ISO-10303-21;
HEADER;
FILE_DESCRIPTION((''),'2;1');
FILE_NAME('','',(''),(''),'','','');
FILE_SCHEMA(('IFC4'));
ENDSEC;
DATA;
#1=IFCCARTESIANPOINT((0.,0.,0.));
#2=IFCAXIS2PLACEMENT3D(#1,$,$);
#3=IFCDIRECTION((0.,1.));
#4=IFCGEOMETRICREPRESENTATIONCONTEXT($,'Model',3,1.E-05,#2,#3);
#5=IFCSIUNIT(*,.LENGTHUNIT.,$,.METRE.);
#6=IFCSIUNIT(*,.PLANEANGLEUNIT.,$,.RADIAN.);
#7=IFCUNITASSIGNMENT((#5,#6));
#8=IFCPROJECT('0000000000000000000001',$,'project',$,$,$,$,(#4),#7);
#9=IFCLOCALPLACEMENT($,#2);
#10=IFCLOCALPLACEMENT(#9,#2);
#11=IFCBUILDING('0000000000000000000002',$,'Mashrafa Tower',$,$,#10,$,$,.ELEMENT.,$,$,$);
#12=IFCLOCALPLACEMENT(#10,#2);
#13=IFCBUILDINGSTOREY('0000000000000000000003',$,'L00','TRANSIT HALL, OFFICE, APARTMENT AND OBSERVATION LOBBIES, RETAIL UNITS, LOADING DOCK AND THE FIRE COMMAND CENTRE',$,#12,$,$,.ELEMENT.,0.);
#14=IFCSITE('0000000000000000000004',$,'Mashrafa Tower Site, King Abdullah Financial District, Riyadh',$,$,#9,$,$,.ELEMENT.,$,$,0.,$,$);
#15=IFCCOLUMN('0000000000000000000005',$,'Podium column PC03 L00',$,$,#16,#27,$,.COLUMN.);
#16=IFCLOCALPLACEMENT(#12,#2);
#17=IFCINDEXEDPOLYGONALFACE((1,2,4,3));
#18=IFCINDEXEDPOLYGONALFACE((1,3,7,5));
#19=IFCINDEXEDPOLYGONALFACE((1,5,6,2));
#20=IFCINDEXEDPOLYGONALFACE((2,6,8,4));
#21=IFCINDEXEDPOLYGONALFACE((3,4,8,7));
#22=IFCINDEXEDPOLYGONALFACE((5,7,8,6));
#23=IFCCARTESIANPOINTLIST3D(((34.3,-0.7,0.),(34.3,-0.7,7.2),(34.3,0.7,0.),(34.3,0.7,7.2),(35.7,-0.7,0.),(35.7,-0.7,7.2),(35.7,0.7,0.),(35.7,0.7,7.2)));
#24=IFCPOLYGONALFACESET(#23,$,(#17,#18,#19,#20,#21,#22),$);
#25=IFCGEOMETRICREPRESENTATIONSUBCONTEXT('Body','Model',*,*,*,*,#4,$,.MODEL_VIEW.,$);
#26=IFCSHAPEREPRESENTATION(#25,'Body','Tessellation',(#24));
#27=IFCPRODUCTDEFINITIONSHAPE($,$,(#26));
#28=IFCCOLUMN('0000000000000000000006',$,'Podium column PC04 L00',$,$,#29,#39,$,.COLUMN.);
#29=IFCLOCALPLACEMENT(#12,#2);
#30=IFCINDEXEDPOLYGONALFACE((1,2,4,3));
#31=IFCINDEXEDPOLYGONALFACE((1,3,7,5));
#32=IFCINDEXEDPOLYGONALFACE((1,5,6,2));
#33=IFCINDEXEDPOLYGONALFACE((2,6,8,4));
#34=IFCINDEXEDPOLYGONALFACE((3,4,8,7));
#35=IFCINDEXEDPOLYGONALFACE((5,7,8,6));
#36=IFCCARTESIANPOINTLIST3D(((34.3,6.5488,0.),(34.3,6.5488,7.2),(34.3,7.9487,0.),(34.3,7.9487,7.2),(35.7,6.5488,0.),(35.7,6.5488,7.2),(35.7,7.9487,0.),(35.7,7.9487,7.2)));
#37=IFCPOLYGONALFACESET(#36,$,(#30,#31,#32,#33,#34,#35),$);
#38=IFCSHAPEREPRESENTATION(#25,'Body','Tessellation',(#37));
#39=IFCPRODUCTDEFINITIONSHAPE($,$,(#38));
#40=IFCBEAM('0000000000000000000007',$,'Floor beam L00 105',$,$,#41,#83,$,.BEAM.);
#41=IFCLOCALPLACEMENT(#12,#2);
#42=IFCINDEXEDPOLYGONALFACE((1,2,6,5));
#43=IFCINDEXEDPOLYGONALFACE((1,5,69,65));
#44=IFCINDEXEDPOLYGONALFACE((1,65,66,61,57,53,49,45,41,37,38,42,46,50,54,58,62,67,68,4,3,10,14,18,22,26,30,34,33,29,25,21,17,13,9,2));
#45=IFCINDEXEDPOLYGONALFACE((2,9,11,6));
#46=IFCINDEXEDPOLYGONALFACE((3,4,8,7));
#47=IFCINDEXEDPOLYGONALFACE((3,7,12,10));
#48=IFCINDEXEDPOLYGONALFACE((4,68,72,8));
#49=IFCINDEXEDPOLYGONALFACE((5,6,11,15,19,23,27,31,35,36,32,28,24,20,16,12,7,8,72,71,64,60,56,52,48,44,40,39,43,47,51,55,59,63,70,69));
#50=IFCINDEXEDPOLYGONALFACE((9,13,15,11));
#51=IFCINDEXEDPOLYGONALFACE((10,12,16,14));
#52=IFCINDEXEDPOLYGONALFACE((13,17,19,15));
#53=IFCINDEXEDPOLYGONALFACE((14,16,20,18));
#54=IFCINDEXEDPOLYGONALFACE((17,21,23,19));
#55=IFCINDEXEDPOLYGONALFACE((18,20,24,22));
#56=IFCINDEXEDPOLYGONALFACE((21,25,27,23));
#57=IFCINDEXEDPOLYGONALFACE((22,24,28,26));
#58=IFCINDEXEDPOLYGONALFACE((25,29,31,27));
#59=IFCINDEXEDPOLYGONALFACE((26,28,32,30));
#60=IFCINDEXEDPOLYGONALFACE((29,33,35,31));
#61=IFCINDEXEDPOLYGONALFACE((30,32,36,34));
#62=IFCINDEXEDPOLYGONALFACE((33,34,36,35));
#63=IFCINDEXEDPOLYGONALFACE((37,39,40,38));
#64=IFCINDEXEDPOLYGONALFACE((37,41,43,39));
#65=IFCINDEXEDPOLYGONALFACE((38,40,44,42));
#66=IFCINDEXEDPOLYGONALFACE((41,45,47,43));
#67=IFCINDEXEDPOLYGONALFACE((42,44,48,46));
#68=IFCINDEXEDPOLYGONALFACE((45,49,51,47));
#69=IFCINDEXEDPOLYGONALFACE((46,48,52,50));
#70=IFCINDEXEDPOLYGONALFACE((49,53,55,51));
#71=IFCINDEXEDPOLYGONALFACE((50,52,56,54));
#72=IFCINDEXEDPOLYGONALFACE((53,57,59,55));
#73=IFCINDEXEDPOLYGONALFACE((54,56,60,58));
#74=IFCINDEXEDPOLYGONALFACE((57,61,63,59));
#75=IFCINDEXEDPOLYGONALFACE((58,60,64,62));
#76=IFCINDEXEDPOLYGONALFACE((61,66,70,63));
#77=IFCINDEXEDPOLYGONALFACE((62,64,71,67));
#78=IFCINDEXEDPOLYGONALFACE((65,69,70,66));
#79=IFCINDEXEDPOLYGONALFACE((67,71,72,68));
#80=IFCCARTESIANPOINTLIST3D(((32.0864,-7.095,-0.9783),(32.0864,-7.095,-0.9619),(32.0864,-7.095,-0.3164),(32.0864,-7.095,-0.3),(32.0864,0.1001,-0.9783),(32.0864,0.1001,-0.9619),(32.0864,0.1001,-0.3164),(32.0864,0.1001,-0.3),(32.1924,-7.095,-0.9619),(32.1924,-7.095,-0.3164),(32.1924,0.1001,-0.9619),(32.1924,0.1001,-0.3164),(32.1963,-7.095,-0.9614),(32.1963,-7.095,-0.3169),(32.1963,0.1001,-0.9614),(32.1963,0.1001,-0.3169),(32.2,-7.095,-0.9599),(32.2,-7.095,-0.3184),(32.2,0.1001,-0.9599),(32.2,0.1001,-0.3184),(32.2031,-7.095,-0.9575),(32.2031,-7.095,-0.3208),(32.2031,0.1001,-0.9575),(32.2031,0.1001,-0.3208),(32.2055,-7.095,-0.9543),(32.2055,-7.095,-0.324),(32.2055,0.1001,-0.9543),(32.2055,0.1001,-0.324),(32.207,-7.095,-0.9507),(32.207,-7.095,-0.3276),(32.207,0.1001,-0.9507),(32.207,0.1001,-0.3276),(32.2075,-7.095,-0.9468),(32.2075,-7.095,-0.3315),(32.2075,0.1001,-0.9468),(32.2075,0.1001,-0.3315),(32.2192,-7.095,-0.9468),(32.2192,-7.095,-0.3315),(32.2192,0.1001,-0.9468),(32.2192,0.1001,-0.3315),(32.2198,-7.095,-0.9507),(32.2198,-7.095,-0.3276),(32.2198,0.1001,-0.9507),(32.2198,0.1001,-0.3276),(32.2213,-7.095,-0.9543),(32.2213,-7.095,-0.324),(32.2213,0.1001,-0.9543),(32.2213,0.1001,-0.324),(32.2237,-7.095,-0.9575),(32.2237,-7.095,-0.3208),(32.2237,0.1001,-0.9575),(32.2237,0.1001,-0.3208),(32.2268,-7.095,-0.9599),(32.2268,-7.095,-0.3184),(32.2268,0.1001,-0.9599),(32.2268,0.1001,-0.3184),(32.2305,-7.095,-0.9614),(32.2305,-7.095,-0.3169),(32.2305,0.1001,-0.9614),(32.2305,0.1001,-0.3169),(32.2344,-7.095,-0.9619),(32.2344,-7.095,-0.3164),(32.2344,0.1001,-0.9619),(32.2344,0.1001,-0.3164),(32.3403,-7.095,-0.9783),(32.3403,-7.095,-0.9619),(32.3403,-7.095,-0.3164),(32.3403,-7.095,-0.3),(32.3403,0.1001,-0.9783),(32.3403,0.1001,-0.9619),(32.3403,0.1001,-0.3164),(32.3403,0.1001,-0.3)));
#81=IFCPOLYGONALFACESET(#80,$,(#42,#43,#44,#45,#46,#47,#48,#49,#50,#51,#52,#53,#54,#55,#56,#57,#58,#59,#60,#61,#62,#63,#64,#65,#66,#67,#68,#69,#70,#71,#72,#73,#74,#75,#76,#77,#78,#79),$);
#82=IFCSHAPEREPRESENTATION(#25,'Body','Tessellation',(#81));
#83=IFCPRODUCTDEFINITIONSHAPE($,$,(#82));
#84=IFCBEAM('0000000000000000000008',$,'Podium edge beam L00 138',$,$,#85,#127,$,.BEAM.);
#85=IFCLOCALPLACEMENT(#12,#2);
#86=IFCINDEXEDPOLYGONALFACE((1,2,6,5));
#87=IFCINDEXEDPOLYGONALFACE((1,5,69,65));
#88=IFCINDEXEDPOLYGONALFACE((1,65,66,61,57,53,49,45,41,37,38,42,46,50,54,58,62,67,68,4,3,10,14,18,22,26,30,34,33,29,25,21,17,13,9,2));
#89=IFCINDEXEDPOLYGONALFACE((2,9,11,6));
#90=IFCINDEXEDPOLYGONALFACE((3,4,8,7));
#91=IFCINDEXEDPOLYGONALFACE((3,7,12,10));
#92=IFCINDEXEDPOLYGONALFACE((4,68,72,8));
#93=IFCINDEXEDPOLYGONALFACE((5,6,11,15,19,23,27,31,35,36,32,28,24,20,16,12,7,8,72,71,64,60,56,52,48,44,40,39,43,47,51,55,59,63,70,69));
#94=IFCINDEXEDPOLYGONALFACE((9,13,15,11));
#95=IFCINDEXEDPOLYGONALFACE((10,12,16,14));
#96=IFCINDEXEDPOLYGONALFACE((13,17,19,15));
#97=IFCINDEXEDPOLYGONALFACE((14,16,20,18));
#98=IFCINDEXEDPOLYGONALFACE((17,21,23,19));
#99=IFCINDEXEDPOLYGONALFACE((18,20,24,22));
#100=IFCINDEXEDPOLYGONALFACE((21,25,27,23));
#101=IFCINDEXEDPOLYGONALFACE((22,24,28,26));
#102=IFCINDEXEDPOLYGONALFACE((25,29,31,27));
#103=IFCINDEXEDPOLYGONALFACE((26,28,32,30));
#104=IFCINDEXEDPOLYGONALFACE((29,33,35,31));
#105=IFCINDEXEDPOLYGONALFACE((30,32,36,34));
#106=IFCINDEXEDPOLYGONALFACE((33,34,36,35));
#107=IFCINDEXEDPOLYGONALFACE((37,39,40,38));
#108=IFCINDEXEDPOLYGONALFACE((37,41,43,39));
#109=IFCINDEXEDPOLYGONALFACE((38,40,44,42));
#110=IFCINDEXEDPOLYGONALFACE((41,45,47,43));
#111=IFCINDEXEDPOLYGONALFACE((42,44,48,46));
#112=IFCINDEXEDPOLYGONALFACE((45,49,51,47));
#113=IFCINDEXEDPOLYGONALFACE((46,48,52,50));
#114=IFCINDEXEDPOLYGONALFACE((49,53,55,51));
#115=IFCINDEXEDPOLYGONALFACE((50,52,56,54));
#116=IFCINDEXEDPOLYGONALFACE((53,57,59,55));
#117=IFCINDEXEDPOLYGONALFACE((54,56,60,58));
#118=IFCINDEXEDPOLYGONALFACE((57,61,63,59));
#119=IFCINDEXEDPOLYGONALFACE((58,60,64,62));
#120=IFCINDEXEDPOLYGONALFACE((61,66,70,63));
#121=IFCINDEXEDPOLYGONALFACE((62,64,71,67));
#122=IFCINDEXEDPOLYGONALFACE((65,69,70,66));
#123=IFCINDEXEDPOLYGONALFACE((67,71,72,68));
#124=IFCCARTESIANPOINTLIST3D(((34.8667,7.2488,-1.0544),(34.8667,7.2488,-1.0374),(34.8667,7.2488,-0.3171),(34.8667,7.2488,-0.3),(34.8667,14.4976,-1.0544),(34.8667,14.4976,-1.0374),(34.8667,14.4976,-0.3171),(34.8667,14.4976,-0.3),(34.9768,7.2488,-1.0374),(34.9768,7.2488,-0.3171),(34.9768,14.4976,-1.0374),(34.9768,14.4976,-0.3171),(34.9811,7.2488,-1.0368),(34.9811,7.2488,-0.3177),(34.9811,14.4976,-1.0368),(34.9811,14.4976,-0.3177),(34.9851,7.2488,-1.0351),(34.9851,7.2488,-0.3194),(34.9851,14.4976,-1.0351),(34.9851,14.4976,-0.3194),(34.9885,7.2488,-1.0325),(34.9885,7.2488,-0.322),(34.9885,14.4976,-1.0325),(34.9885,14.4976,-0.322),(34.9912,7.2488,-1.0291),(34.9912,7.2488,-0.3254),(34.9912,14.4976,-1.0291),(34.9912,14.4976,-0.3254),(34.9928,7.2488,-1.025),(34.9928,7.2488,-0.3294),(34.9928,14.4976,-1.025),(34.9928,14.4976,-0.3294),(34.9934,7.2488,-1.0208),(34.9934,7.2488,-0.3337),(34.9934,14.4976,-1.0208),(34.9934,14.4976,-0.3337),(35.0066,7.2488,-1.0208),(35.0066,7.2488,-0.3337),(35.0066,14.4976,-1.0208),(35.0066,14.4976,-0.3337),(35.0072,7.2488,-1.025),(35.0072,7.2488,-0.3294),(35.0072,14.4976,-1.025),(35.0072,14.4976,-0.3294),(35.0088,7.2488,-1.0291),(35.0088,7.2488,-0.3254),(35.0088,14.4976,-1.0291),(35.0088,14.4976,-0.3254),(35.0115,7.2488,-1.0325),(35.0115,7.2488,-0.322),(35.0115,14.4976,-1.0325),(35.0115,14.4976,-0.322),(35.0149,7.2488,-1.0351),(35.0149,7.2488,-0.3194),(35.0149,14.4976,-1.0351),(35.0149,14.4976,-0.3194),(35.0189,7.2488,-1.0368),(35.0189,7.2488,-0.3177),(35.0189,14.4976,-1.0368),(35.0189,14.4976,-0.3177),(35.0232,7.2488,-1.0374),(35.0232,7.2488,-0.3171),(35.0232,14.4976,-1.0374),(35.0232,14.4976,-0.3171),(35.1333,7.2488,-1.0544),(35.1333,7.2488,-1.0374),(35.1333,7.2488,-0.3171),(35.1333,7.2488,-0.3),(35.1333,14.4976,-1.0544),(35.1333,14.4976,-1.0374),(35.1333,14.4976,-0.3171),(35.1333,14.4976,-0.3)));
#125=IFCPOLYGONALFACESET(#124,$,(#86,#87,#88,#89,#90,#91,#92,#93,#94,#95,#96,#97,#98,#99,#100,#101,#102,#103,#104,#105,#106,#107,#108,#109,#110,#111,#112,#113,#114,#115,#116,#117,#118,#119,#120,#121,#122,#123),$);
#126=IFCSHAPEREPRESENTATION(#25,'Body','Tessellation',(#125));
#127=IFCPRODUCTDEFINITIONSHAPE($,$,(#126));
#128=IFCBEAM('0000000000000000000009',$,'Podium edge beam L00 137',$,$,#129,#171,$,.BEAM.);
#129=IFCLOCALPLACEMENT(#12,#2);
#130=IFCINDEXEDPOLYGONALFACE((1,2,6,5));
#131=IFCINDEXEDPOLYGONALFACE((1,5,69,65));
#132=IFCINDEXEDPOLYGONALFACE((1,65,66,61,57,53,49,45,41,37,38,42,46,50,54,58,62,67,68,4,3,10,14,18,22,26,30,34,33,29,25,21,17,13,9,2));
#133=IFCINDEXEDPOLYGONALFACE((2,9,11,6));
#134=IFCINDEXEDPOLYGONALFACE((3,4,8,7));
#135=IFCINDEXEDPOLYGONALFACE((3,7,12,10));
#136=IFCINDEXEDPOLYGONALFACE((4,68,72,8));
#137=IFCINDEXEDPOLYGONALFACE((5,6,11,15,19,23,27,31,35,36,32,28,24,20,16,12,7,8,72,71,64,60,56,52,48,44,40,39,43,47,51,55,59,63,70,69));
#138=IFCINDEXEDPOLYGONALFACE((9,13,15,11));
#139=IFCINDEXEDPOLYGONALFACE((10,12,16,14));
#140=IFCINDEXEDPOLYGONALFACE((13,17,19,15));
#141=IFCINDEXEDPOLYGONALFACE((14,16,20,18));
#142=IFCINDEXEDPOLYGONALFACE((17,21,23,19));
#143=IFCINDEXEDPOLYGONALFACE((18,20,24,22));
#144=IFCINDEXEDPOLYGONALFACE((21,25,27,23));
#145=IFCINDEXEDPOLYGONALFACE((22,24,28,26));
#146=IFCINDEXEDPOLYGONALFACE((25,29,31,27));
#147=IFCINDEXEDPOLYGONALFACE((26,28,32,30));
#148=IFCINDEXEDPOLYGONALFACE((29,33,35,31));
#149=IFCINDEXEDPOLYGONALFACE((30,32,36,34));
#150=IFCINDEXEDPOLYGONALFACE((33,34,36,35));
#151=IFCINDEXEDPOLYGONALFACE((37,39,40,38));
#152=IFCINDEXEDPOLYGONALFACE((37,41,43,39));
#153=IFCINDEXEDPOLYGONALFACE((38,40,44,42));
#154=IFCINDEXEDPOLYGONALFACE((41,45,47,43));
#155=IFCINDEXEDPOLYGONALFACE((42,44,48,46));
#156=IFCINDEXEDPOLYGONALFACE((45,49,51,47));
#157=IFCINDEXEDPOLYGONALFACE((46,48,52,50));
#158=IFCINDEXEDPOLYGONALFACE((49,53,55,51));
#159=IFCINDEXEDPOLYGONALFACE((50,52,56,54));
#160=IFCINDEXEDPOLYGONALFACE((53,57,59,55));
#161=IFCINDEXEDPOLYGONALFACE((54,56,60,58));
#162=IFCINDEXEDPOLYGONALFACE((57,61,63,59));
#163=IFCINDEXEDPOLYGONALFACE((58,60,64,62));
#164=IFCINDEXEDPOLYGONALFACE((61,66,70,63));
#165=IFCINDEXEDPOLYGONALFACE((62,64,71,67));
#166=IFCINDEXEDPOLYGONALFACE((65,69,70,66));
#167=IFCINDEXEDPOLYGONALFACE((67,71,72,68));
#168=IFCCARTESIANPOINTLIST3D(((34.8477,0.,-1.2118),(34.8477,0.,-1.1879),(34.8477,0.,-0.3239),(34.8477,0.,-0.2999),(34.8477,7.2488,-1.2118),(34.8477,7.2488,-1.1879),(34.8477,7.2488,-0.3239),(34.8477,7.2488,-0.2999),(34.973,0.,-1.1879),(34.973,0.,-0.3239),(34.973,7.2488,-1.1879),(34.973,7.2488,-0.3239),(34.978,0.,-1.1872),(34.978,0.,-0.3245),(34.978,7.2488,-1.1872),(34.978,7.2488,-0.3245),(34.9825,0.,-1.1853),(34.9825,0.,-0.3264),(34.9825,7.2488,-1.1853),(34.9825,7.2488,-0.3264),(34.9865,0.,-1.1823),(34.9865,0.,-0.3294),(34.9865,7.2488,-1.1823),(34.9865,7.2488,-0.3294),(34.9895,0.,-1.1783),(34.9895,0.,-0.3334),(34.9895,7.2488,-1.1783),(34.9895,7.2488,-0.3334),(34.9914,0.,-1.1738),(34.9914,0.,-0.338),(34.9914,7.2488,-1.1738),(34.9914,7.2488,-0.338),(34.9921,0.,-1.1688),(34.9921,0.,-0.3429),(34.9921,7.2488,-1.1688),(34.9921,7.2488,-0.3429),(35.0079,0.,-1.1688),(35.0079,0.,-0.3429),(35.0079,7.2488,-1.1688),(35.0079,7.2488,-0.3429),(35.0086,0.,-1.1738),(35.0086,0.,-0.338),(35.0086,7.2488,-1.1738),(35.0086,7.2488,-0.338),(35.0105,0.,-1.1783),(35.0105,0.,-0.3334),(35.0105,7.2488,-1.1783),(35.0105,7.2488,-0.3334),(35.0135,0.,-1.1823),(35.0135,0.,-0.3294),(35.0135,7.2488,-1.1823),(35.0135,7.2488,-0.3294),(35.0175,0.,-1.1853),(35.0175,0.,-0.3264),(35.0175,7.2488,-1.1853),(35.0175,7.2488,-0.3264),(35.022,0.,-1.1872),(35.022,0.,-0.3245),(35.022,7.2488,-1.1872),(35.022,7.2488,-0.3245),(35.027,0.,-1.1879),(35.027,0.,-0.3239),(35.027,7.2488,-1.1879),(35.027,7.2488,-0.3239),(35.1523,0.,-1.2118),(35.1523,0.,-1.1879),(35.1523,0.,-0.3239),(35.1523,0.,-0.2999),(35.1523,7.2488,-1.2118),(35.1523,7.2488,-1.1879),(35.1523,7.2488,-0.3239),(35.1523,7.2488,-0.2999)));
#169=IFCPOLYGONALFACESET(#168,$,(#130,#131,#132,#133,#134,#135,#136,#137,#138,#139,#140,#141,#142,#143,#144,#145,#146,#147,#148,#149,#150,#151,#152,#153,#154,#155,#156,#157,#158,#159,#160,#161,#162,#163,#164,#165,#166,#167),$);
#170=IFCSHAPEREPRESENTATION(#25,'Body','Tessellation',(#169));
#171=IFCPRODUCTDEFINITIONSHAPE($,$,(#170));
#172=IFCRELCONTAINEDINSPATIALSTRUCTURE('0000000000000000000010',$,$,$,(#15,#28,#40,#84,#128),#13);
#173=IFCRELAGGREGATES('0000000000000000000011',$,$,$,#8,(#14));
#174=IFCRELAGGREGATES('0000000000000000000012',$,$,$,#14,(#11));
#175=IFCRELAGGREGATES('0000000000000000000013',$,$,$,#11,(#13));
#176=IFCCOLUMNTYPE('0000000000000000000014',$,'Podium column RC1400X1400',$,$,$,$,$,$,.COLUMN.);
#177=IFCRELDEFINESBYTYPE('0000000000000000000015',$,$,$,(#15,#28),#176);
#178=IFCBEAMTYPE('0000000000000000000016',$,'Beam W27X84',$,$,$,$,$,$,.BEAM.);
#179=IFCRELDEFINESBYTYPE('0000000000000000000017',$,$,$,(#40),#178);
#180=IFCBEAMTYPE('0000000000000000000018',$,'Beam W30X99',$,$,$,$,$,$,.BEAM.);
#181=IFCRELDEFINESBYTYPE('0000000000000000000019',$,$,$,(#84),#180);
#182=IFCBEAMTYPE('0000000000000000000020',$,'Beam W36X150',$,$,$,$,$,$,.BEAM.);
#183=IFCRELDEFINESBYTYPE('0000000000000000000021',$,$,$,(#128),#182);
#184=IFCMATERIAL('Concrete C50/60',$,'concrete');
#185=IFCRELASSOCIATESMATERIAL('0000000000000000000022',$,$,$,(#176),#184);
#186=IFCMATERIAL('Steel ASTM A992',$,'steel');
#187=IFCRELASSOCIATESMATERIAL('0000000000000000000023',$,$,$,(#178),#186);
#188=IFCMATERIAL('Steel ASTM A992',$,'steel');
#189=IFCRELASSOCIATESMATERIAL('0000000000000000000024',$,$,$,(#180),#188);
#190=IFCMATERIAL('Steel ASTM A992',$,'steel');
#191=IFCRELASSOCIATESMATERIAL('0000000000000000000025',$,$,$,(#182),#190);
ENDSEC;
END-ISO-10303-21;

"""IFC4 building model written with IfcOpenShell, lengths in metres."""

from ifc_helpers import new_model, si_unit, direction, frame, origin, origin_2d, place, context, subcontext, project, spatial, rectangle, i_section, extrude, material, material_profile, profile_set, type_object, element, save


model = new_model("IFC4")

# Units and contexts
model_context = context("Model", 3, precision=1e-05, world=origin(), true_north=direction((0.0, 1.0)))
body_context = subcontext(model_context, "Body", "Model", "MODEL_VIEW")
ifc_project = project(units=[si_unit("LENGTHUNIT", "METRE"), si_unit("PLANEANGLEUNIT", "RADIAN")], contexts=[model_context])

# Site, building, storey
site_placement = place(None, origin())
site = spatial("IfcSite", under=ifc_project, at=site_placement, Name="Mashrafa Tower Site, King Abdullah Financial District, Riyadh", CompositionType="ELEMENT", RefElevation=0.0)
building_placement = place(site_placement, origin())
building = spatial("IfcBuilding", under=site, at=building_placement, Name="Mashrafa Tower", CompositionType="ELEMENT")
storey_placement = place(building_placement, origin())
storey = spatial("IfcBuildingStorey", under=building, at=storey_placement, Name="L00", Description="TRANSIT HALL, OFFICE, APARTMENT AND OBSERVATION LOBBIES, RETAIL UNITS, LOADING DOCK AND THE FIRE COMMAND CENTRE", CompositionType="ELEMENT", Elevation=0.0)

# Columns
ifc_material_1 = material(Name="Concrete C50/60", Category="concrete")
ifc_material_profile_1 = material_profile(ifc_material_1, rectangle(XDim=1.3999, YDim=1.3999, at=origin_2d()), Name="RC1400X1400")
ifc_profile_set_1 = profile_set([ifc_material_profile_1], Name="Concrete C50/60")
column_type = type_object("IfcColumnType", Name="Podium column RC1400X1400", PredefinedType="COLUMN", material=ifc_profile_set_1)
for number, where, z_axis, x_axis, name in (
    (1, (35.0, 0.0, 0.0), (0.0, 0.0, 1.0), (1.0, 0.0, 0.0), "Podium column PC03 L00"),
    (2, (35.0, 7.2488, 0.0), (0.0, 0.0, 1.0), (1.0, 0.0, 0.0), "Podium column PC04 L00"),
):
    element("IfcColumn", number, at=place(storey_placement, frame(where, z_axis=z_axis, x_axis=x_axis)), inside=storey, type_object=column_type, Name=name, PredefinedType="COLUMN", context=body_context, shape_type="SweptSolid", body=[
        extrude(rectangle(XDim=1.3999, YDim=1.3999, at=origin_2d()), origin(), (0.0, 0.0, 1.0), 7.2),
    ])

# Beams
ifc_material_2 = material(Name="Steel ASTM A992", Category="steel")
ifc_material_profile_2 = material_profile(ifc_material_2, i_section(OverallWidth=0.2539, OverallDepth=0.6782, WebThickness=0.0117, FlangeThickness=0.0164, FilletRadius=0.0151, at=origin_2d()), Name="W27X84")
ifc_profile_set_2 = profile_set([ifc_material_profile_2], Name="Steel ASTM A992")
beam_type_1 = type_object("IfcBeamType", Name="Beam W27X84", PredefinedType="BEAM", material=ifc_profile_set_2)
beam_1_placement = place(storey_placement, frame((32.2134, 0.1001, -0.6392), z_axis=(0.0, -1.0, 0.0), x_axis=(1.0, 0.0, 0.0)))
element("IfcBeam", 3, at=beam_1_placement, inside=storey, type_object=beam_type_1, Name="Floor beam L00 105", PredefinedType="BEAM", context=body_context, shape_type="SweptSolid", body=[
    extrude(i_section(OverallWidth=0.2539, OverallDepth=0.6782, WebThickness=0.0117, FlangeThickness=0.0164, FilletRadius=0.0151, at=origin_2d()), origin(), (0.0, 0.0, 1.0), 7.1951),
])
ifc_material_3 = material(Name="Steel ASTM A992", Category="steel")
ifc_material_profile_3 = material_profile(ifc_material_3, i_section(OverallWidth=0.2666, OverallDepth=0.7544, WebThickness=0.0132, FlangeThickness=0.0171, FilletRadius=0.0166, at=origin_2d()), Name="W30X99")
ifc_profile_set_3 = profile_set([ifc_material_profile_3], Name="Steel ASTM A992")
beam_type_2 = type_object("IfcBeamType", Name="Beam W30X99", PredefinedType="BEAM", material=ifc_profile_set_3)
beam_2_placement = place(storey_placement, frame((35.0, 7.2488, -0.6772), z_axis=(0.0, 1.0, 0.0), x_axis=(-1.0, 0.0, 0.0)))
element("IfcBeam", 4, at=beam_2_placement, inside=storey, type_object=beam_type_2, Name="Podium edge beam L00 138", PredefinedType="BEAM", context=body_context, shape_type="SweptSolid", body=[
    extrude(i_section(OverallWidth=0.2666, OverallDepth=0.7544, WebThickness=0.0132, FlangeThickness=0.0171, FilletRadius=0.0166, at=origin_2d()), origin(), (0.0, 0.0, 1.0), 7.2488),
])
ifc_material_4 = material(Name="Steel ASTM A992", Category="steel")
ifc_material_profile_4 = material_profile(ifc_material_4, i_section(OverallWidth=0.3047, OverallDepth=0.9119, WebThickness=0.0159, FlangeThickness=0.0239, FilletRadius=0.019, at=origin_2d()), Name="W36X150")
ifc_profile_set_4 = profile_set([ifc_material_profile_4], Name="Steel ASTM A992")
beam_type_3 = type_object("IfcBeamType", Name="Beam W36X150", PredefinedType="BEAM", material=ifc_profile_set_4)
beam_3_placement = place(storey_placement, frame((35.0, 0.0, -0.7559), z_axis=(0.0, 1.0, 0.0), x_axis=(-1.0, 0.0, 0.0)))
element("IfcBeam", 5, at=beam_3_placement, inside=storey, type_object=beam_type_3, Name="Podium edge beam L00 137", PredefinedType="BEAM", context=body_context, shape_type="SweptSolid", body=[
    extrude(i_section(OverallWidth=0.3047, OverallDepth=0.9119, WebThickness=0.0159, FlangeThickness=0.0239, FilletRadius=0.019, at=origin_2d()), origin(), (0.0, 0.0, 1.0), 7.2488),
])

save(model, "model.ifc")
